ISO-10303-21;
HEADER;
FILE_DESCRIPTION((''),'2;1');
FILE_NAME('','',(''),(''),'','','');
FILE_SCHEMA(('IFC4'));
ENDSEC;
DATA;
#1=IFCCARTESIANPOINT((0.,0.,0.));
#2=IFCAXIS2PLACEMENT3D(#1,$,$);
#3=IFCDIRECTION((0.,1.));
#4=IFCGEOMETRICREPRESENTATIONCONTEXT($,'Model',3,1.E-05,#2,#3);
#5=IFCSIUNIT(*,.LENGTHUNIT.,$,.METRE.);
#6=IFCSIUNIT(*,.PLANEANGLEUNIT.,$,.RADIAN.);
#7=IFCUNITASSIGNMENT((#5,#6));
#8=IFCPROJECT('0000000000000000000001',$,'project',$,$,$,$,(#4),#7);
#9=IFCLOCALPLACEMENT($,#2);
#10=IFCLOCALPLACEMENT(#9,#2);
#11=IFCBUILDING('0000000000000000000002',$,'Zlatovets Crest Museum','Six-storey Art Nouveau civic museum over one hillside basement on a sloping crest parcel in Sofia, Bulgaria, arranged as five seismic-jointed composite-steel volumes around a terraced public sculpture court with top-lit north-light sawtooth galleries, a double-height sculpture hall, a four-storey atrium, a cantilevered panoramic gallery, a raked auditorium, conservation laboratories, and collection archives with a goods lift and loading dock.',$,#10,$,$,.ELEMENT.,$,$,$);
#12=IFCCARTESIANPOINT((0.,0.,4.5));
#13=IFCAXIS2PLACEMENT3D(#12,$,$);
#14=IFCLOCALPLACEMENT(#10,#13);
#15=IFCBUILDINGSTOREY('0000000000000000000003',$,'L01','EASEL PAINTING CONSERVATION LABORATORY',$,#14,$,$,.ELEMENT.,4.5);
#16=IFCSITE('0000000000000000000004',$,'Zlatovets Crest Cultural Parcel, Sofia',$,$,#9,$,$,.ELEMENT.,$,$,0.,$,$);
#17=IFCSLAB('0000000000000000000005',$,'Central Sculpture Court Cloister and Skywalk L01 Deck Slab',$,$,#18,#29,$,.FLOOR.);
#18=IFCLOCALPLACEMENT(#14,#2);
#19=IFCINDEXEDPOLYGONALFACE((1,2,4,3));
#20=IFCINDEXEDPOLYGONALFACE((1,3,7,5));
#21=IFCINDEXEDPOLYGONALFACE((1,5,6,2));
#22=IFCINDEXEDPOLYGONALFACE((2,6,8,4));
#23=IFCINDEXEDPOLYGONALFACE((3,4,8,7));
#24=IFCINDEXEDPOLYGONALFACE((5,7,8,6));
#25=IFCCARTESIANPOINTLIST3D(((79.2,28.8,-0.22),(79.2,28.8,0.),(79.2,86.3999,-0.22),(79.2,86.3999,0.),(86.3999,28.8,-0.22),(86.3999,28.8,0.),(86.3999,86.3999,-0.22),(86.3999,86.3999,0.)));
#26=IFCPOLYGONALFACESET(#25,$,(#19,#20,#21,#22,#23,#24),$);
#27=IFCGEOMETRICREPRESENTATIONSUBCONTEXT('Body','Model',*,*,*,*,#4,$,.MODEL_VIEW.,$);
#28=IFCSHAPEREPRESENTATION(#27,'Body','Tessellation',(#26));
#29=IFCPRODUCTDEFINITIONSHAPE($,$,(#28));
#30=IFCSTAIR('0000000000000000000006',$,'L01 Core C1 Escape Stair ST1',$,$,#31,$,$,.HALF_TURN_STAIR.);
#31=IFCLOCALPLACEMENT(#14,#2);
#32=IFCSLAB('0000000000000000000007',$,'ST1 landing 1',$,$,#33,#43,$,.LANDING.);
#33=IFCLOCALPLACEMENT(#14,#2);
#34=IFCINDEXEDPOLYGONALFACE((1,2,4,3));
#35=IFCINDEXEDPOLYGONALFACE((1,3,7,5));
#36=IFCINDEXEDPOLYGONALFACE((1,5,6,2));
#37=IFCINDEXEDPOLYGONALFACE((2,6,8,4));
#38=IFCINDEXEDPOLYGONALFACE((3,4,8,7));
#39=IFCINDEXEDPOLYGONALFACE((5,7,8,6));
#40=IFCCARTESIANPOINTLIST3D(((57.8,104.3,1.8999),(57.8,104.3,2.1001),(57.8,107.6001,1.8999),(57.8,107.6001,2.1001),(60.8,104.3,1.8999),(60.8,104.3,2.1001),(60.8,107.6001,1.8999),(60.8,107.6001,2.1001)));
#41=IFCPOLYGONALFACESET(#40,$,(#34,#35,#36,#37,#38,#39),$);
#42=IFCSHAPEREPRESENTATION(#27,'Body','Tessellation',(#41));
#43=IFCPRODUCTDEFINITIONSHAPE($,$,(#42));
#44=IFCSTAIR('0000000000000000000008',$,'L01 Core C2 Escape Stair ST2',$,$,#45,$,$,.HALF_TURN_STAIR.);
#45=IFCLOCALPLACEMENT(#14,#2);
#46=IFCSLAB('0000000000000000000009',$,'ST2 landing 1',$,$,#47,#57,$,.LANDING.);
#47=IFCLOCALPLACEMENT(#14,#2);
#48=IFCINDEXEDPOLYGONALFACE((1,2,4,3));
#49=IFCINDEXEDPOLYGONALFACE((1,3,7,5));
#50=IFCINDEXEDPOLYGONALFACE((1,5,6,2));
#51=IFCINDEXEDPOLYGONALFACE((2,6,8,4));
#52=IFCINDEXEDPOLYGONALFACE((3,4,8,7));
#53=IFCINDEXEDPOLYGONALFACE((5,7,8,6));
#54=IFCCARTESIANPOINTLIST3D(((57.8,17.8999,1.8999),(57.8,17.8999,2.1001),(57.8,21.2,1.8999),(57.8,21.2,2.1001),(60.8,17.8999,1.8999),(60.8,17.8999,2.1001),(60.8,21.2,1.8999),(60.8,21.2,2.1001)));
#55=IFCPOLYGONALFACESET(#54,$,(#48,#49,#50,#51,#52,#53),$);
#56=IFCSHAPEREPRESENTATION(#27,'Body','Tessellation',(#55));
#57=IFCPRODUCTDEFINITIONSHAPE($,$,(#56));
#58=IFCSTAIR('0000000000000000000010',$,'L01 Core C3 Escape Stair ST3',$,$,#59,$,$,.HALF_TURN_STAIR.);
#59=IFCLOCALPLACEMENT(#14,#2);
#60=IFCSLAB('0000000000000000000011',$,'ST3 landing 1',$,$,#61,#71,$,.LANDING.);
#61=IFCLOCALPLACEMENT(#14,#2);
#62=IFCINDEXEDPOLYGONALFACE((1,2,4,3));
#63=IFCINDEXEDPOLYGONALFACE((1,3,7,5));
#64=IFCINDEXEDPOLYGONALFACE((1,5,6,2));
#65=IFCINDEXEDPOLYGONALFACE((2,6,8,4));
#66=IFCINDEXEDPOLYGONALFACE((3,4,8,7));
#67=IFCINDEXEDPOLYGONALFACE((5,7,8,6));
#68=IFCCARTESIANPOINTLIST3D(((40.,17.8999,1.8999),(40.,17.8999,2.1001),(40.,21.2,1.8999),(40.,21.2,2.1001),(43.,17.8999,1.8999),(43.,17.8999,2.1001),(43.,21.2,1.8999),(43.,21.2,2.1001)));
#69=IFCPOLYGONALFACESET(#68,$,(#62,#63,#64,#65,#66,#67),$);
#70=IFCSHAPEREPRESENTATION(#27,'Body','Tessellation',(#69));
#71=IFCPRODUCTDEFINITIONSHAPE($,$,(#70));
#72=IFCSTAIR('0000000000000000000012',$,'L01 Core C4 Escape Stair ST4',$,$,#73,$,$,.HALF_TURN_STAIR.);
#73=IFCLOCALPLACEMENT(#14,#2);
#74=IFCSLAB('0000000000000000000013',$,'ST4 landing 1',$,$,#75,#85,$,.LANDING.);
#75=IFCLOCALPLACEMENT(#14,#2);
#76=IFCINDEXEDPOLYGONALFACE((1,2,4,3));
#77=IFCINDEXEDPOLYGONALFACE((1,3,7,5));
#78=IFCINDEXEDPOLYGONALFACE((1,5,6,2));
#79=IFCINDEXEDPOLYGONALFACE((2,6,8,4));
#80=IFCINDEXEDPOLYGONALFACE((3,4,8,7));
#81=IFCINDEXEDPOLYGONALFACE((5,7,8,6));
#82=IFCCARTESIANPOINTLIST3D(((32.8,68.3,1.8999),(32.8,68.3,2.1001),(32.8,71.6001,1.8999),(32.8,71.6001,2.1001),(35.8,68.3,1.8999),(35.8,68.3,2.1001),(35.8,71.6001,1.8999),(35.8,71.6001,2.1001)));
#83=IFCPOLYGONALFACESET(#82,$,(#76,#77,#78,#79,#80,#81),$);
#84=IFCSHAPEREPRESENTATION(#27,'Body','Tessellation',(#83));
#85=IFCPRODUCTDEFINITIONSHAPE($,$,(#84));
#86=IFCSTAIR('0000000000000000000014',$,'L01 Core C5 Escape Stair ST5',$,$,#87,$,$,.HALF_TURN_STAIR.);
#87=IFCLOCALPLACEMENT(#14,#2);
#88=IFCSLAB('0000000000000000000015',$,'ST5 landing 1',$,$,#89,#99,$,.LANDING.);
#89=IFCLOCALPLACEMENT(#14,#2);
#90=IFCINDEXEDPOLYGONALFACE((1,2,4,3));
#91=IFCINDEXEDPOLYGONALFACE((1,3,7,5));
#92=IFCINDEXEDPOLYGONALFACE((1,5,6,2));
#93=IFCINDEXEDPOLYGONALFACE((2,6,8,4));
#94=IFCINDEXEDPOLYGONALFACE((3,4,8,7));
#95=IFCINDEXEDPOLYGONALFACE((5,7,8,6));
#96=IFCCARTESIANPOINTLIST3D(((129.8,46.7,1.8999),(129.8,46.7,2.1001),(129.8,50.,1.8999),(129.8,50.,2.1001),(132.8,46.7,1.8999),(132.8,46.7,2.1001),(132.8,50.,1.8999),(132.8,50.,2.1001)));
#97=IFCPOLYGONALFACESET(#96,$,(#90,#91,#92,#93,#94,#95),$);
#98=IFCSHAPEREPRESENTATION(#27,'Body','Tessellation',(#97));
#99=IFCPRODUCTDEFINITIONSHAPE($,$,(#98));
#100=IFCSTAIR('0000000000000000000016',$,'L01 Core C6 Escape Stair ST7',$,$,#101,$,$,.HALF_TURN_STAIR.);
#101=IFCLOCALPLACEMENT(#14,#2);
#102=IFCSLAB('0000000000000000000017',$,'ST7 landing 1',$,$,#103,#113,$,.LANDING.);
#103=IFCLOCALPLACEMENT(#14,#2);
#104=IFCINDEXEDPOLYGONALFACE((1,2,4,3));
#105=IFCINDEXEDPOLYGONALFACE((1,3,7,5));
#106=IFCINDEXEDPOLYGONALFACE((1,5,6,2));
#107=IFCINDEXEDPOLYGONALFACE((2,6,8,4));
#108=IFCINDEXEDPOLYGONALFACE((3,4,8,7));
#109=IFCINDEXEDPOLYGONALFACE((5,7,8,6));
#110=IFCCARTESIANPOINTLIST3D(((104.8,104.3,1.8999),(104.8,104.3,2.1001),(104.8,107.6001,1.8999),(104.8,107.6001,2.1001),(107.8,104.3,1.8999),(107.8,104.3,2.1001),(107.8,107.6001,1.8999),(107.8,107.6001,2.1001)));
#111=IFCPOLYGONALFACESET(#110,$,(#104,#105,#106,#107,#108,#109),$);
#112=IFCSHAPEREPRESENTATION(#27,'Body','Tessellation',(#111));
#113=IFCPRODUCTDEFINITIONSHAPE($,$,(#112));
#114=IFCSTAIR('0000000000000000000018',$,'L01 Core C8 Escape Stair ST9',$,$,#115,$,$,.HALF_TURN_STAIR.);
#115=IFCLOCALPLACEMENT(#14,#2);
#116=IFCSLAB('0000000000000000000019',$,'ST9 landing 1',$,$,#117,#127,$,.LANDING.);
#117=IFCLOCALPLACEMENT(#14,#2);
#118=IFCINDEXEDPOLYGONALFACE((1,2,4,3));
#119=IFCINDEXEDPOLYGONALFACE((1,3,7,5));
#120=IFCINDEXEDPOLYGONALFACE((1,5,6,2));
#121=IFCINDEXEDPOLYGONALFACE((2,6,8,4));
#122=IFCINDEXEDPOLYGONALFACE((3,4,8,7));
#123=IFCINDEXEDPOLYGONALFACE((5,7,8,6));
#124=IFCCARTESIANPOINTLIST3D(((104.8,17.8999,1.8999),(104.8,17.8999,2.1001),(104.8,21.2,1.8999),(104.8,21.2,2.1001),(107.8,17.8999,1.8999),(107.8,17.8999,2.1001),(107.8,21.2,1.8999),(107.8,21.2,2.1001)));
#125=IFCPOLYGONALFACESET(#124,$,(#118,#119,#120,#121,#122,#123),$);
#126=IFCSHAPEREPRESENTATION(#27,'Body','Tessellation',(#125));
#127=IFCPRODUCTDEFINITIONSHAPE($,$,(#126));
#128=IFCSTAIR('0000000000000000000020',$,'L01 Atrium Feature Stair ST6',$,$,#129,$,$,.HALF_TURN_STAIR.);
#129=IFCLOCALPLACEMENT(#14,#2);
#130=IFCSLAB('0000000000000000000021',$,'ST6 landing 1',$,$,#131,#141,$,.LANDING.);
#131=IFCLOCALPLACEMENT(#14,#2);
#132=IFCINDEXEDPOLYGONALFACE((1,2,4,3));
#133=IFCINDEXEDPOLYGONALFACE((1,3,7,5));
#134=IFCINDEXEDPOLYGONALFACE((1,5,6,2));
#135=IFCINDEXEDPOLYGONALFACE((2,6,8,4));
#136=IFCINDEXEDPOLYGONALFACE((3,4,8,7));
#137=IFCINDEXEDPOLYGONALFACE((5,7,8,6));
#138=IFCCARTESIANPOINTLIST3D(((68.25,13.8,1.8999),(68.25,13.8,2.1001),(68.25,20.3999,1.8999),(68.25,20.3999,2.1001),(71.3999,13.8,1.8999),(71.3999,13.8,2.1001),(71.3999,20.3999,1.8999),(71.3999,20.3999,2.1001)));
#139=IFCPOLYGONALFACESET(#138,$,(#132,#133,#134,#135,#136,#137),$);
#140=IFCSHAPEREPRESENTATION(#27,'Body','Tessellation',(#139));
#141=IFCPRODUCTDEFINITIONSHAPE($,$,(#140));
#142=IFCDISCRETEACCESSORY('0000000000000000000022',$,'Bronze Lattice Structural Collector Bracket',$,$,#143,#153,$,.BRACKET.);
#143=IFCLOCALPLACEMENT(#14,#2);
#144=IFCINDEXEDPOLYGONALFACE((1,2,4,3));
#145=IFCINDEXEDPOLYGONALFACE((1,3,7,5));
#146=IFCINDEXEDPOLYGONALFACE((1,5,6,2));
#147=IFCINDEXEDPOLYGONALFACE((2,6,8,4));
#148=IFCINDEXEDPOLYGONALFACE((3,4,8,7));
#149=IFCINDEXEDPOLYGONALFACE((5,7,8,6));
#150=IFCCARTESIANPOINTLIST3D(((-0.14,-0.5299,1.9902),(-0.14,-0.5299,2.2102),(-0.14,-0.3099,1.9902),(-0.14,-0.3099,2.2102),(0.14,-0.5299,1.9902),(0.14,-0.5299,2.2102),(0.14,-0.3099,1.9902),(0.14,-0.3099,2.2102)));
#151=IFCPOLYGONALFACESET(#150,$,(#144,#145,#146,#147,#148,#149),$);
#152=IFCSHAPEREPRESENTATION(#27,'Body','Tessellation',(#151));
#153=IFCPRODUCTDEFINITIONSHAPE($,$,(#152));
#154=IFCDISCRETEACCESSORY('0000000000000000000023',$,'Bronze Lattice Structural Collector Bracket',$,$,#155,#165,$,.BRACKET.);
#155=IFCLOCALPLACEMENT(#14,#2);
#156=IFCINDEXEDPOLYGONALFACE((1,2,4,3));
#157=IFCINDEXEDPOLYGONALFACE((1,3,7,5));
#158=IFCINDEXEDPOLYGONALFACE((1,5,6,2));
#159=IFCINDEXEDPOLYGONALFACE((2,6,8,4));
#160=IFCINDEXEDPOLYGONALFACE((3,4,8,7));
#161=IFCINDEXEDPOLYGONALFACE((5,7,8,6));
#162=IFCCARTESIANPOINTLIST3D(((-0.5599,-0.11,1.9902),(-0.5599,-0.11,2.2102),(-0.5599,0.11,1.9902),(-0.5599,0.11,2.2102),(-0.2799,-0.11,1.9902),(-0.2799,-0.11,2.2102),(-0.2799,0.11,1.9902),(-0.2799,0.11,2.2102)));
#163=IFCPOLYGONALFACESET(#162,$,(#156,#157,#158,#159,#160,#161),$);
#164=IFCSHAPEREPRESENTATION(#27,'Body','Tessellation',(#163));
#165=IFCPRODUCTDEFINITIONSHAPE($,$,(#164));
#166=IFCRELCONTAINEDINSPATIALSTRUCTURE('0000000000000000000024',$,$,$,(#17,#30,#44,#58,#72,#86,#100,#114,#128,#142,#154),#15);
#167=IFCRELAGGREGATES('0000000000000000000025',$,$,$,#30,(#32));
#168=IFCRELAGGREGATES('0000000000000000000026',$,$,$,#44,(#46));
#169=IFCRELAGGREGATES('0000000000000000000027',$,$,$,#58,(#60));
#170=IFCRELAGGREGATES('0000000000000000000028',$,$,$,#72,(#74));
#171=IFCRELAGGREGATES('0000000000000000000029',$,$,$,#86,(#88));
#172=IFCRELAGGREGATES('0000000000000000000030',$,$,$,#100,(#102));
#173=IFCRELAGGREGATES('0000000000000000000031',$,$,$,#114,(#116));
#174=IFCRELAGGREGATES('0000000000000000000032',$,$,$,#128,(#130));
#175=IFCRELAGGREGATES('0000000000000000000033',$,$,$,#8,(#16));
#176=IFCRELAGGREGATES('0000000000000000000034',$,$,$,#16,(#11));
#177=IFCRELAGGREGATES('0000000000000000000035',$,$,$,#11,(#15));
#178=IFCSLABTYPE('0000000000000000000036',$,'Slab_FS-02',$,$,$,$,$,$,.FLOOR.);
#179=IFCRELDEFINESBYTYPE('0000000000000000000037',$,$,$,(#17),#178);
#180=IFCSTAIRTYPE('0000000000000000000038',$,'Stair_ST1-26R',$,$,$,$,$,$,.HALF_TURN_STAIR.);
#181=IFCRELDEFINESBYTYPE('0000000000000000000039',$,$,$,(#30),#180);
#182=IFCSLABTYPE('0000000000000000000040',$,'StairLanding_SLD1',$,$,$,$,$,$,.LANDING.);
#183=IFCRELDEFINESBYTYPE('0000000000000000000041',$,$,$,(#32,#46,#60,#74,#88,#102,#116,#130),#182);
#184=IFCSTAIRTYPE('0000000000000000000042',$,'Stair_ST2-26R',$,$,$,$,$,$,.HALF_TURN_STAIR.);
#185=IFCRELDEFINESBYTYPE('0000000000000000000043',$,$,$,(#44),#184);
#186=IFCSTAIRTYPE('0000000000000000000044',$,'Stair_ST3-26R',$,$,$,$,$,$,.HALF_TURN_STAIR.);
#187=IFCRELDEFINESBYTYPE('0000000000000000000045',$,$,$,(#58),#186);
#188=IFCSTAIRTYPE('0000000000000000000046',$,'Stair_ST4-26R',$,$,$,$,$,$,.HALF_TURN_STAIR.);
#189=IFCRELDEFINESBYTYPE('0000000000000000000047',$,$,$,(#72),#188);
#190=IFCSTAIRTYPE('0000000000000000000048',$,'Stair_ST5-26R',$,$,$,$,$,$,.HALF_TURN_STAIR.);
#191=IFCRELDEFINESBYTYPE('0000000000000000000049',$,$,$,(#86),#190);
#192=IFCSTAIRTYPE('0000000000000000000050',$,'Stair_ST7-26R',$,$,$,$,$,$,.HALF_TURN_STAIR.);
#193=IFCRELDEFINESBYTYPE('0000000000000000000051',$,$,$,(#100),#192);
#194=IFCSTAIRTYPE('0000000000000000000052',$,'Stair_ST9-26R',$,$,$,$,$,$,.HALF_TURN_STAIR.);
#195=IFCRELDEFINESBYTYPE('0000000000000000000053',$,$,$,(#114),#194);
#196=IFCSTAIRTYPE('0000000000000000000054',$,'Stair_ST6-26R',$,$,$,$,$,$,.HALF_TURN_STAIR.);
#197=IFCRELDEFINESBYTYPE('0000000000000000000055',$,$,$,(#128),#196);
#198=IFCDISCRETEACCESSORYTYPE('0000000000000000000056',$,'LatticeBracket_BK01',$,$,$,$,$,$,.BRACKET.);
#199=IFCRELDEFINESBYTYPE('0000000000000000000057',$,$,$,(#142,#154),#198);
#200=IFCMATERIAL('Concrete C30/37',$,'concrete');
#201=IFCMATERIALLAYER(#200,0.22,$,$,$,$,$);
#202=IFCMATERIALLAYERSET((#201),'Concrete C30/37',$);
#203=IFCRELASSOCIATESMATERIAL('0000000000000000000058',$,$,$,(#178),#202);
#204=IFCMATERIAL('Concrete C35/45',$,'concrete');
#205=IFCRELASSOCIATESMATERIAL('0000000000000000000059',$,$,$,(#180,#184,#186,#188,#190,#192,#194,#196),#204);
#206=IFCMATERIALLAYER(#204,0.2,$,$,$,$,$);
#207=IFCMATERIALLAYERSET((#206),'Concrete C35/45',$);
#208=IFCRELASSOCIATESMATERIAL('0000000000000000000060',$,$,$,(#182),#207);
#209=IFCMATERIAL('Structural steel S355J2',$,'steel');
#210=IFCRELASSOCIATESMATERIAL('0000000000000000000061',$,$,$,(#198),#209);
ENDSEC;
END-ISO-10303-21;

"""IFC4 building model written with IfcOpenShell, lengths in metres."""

from ifc_helpers import new_model, si_unit, direction, frame, origin, origin_2d, place, context, subcontext, project, spatial, polyline, rectangle, outline, extrude, material, layer, layer_set, type_object, element, aggregate, save


model = new_model("IFC4")

# Units and contexts
model_context = context("Model", 3, precision=1e-05, world=origin(), true_north=direction((0.0, 1.0)))
body_context = subcontext(model_context, "Body", "Model", "MODEL_VIEW")
ifc_project = project(units=[si_unit("LENGTHUNIT", "METRE"), si_unit("PLANEANGLEUNIT", "RADIAN")], contexts=[model_context])

# Site, building, storey
site_placement = place(None, origin())
site = spatial("IfcSite", under=ifc_project, at=site_placement, Name="Zlatovets Crest Cultural Parcel, Sofia", CompositionType="ELEMENT", RefElevation=0.0)
building_placement = place(site_placement, origin())
building = spatial("IfcBuilding", under=site, at=building_placement, Name="Zlatovets Crest Museum", Description="Six-storey Art Nouveau civic museum over one hillside basement on a sloping crest parcel in Sofia, Bulgaria, arranged as five seismic-jointed composite-steel volumes around a terraced public sculpture court with top-lit north-light sawtooth galleries, a double-height sculpture hall, a four-storey atrium, a cantilevered panoramic gallery, a raked auditorium, conservation laboratories, and collection archives with a goods lift and loading dock.", CompositionType="ELEMENT")
storey_placement = place(building_placement, frame((0.0, 0.0, 4.5)))
storey = spatial("IfcBuildingStorey", under=building, at=storey_placement, Name="L01", Description="EASEL PAINTING CONSERVATION LABORATORY", CompositionType="ELEMENT", Elevation=4.5)

# Shared definitions
ifc_material_1 = material(Name="Structural steel S355J2", Category="steel")

# Slab
ifc_material_2 = material(Name="Concrete C30/37", Category="concrete")
ifc_layer_1 = layer(ifc_material_2, 0.22)
ifc_layer_set_1 = layer_set([ifc_layer_1], Name="Concrete C30/37")
slab_type_1 = type_object("IfcSlabType", Name="Slab_FS-02", PredefinedType="FLOOR", material=ifc_layer_set_1)
slab_1_placement = place(storey_placement, frame((0.0, 0.0, -0.22)))
element("IfcSlab", 1, at=slab_1_placement, inside=storey, type_object=slab_type_1, Name="Central Sculpture Court Cloister and Skywalk L01 Deck Slab", PredefinedType="FLOOR", context=body_context, shape_type="SweptSolid", body=[
    extrude(outline(polyline([(86.3999, 28.8), (86.3999, 86.3999), (79.2, 86.3999), (79.2, 28.8), (86.3999, 28.8)])), origin(), (0.0, 0.0, 1.0), 0.22),
])

# Stairs, slabs
ifc_material_3 = material(Name="Concrete C35/45", Category="concrete")
stair_type_1 = type_object("IfcStairType", Name="Stair_ST1-26R", PredefinedType="HALF_TURN_STAIR", material=ifc_material_3)
stair_1_placement = place(storey_placement, origin())
stair_1 = element("IfcStair", 2, at=stair_1_placement, inside=storey, type_object=stair_type_1, Name="L01 Core C1 Escape Stair ST1", PredefinedType="HALF_TURN_STAIR")
ifc_layer_2 = layer(ifc_material_3, 0.2)
ifc_layer_set_2 = layer_set([ifc_layer_2], Name="Concrete C35/45")
slab_type_2 = type_object("IfcSlabType", Name="StairLanding_SLD1", PredefinedType="LANDING", material=ifc_layer_set_2)
slab_2_placement = place(storey_placement, frame((0.0, 0.0, 1.8999)))
slab_2 = element("IfcSlab", 3, at=slab_2_placement, type_object=slab_type_2, Name="ST1 landing 1", PredefinedType="LANDING", context=body_context, shape_type="SweptSolid", body=[
    extrude(outline(polyline([(60.8, 104.3), (60.8, 107.6001), (57.8, 107.6001), (57.8, 104.3), (60.8, 104.3)])), origin(), (0.0, 0.0, 1.0), 0.2002),
])
aggregate(stair_1, [slab_2])
stair_type_2 = type_object("IfcStairType", Name="Stair_ST2-26R", PredefinedType="HALF_TURN_STAIR", material=ifc_material_3)
stair_2_placement = place(storey_placement, origin())
stair_2 = element("IfcStair", 4, at=stair_2_placement, inside=storey, type_object=stair_type_2, Name="L01 Core C2 Escape Stair ST2", PredefinedType="HALF_TURN_STAIR")
slab_3_placement = place(storey_placement, frame((0.0, 0.0, 1.8999)))
slab_3 = element("IfcSlab", 5, at=slab_3_placement, type_object=slab_type_2, Name="ST2 landing 1", PredefinedType="LANDING", context=body_context, shape_type="SweptSolid", body=[
    extrude(outline(polyline([(60.8, 17.8999), (60.8, 21.2), (57.8, 21.2), (57.8, 17.8999), (60.8, 17.8999)])), origin(), (0.0, 0.0, 1.0), 0.2002),
])
aggregate(stair_2, [slab_3])
stair_type_3 = type_object("IfcStairType", Name="Stair_ST3-26R", PredefinedType="HALF_TURN_STAIR", material=ifc_material_3)
stair_3_placement = place(storey_placement, origin())
stair_3 = element("IfcStair", 6, at=stair_3_placement, inside=storey, type_object=stair_type_3, Name="L01 Core C3 Escape Stair ST3", PredefinedType="HALF_TURN_STAIR")
slab_4_placement = place(storey_placement, frame((0.0, 0.0, 1.8999)))
slab_4 = element("IfcSlab", 7, at=slab_4_placement, type_object=slab_type_2, Name="ST3 landing 1", PredefinedType="LANDING", context=body_context, shape_type="SweptSolid", body=[
    extrude(outline(polyline([(43.0, 17.8999), (43.0, 21.2), (40.0, 21.2), (40.0, 17.8999), (43.0, 17.8999)])), origin(), (0.0, 0.0, 1.0), 0.2002),
])
aggregate(stair_3, [slab_4])
stair_type_4 = type_object("IfcStairType", Name="Stair_ST4-26R", PredefinedType="HALF_TURN_STAIR", material=ifc_material_3)
stair_4_placement = place(storey_placement, origin())
stair_4 = element("IfcStair", 8, at=stair_4_placement, inside=storey, type_object=stair_type_4, Name="L01 Core C4 Escape Stair ST4", PredefinedType="HALF_TURN_STAIR")
slab_5_placement = place(storey_placement, frame((0.0, 0.0, 1.8999)))
slab_5 = element("IfcSlab", 9, at=slab_5_placement, type_object=slab_type_2, Name="ST4 landing 1", PredefinedType="LANDING", context=body_context, shape_type="SweptSolid", body=[
    extrude(outline(polyline([(35.8, 68.3), (35.8, 71.6001), (32.8, 71.6001), (32.8, 68.3), (35.8, 68.3)])), origin(), (0.0, 0.0, 1.0), 0.2002),
])
aggregate(stair_4, [slab_5])
stair_type_5 = type_object("IfcStairType", Name="Stair_ST5-26R", PredefinedType="HALF_TURN_STAIR", material=ifc_material_3)
stair_5_placement = place(storey_placement, origin())
stair_5 = element("IfcStair", 10, at=stair_5_placement, inside=storey, type_object=stair_type_5, Name="L01 Core C5 Escape Stair ST5", PredefinedType="HALF_TURN_STAIR")
slab_6_placement = place(storey_placement, frame((0.0, 0.0, 1.8999)))
slab_6 = element("IfcSlab", 11, at=slab_6_placement, type_object=slab_type_2, Name="ST5 landing 1", PredefinedType="LANDING", context=body_context, shape_type="SweptSolid", body=[
    extrude(outline(polyline([(132.8, 46.7), (132.8, 50.0), (129.8, 50.0), (129.8, 46.7), (132.8, 46.7)])), origin(), (0.0, 0.0, 1.0), 0.2002),
])
aggregate(stair_5, [slab_6])
stair_type_6 = type_object("IfcStairType", Name="Stair_ST7-26R", PredefinedType="HALF_TURN_STAIR", material=ifc_material_3)
stair_6_placement = place(storey_placement, origin())
stair_6 = element("IfcStair", 12, at=stair_6_placement, inside=storey, type_object=stair_type_6, Name="L01 Core C6 Escape Stair ST7", PredefinedType="HALF_TURN_STAIR")
slab_7_placement = place(storey_placement, frame((0.0, 0.0, 1.8999)))
slab_7 = element("IfcSlab", 13, at=slab_7_placement, type_object=slab_type_2, Name="ST7 landing 1", PredefinedType="LANDING", context=body_context, shape_type="SweptSolid", body=[
    extrude(outline(polyline([(107.8, 104.3), (107.8, 107.6001), (104.8, 107.6001), (104.8, 104.3), (107.8, 104.3)])), origin(), (0.0, 0.0, 1.0), 0.2002),
])
aggregate(stair_6, [slab_7])
stair_type_7 = type_object("IfcStairType", Name="Stair_ST9-26R", PredefinedType="HALF_TURN_STAIR", material=ifc_material_3)
stair_7_placement = place(storey_placement, origin())
stair_7 = element("IfcStair", 14, at=stair_7_placement, inside=storey, type_object=stair_type_7, Name="L01 Core C8 Escape Stair ST9", PredefinedType="HALF_TURN_STAIR")
slab_8_placement = place(storey_placement, frame((0.0, 0.0, 1.8999)))
slab_8 = element("IfcSlab", 15, at=slab_8_placement, type_object=slab_type_2, Name="ST9 landing 1", PredefinedType="LANDING", context=body_context, shape_type="SweptSolid", body=[
    extrude(outline(polyline([(107.8, 17.8999), (107.8, 21.2), (104.8, 21.2), (104.8, 17.8999), (107.8, 17.8999)])), origin(), (0.0, 0.0, 1.0), 0.2002),
])
aggregate(stair_7, [slab_8])
stair_type_8 = type_object("IfcStairType", Name="Stair_ST6-26R", PredefinedType="HALF_TURN_STAIR", material=ifc_material_3)
stair_8_placement = place(storey_placement, origin())
stair_8 = element("IfcStair", 16, at=stair_8_placement, inside=storey, type_object=stair_type_8, Name="L01 Atrium Feature Stair ST6", PredefinedType="HALF_TURN_STAIR")
slab_9_placement = place(storey_placement, frame((0.0, 0.0, 1.8999)))
slab_9 = element("IfcSlab", 17, at=slab_9_placement, type_object=slab_type_2, Name="ST6 landing 1", PredefinedType="LANDING", context=body_context, shape_type="SweptSolid", body=[
    extrude(outline(polyline([(71.3999, 13.8), (71.3999, 20.3999), (68.25, 20.3999), (68.25, 13.8), (71.3999, 13.8)])), origin(), (0.0, 0.0, 1.0), 0.2002),
])
aggregate(stair_8, [slab_9])

# Discrete accessories
discrete_accessory_type = type_object("IfcDiscreteAccessoryType", Name="LatticeBracket_BK01", PredefinedType="BRACKET", material=ifc_material_1)
for number, where, z_axis, x_axis, name in (
    (18, (0.0, -0.4199, 1.9902), (0.0, 0.0, 1.0), (1.0, 0.0, 0.0), "Bronze Lattice Structural Collector Bracket"),
    (19, (-0.4199, 0.0, 1.9902), (0.0, 0.0, 1.0), (1.0, 0.0, 0.0), "Bronze Lattice Structural Collector Bracket"),
):
    element("IfcDiscreteAccessory", number, at=place(storey_placement, frame(where, z_axis=z_axis, x_axis=x_axis)), inside=storey, type_object=discrete_accessory_type, Name=name, PredefinedType="BRACKET", context=body_context, shape_type="SweptSolid", body=[
        extrude(rectangle(XDim=0.28, YDim=0.22, at=origin_2d()), origin(), (0.0, 0.0, 1.0), 0.22),
    ])

save(model, "model.ifc")
